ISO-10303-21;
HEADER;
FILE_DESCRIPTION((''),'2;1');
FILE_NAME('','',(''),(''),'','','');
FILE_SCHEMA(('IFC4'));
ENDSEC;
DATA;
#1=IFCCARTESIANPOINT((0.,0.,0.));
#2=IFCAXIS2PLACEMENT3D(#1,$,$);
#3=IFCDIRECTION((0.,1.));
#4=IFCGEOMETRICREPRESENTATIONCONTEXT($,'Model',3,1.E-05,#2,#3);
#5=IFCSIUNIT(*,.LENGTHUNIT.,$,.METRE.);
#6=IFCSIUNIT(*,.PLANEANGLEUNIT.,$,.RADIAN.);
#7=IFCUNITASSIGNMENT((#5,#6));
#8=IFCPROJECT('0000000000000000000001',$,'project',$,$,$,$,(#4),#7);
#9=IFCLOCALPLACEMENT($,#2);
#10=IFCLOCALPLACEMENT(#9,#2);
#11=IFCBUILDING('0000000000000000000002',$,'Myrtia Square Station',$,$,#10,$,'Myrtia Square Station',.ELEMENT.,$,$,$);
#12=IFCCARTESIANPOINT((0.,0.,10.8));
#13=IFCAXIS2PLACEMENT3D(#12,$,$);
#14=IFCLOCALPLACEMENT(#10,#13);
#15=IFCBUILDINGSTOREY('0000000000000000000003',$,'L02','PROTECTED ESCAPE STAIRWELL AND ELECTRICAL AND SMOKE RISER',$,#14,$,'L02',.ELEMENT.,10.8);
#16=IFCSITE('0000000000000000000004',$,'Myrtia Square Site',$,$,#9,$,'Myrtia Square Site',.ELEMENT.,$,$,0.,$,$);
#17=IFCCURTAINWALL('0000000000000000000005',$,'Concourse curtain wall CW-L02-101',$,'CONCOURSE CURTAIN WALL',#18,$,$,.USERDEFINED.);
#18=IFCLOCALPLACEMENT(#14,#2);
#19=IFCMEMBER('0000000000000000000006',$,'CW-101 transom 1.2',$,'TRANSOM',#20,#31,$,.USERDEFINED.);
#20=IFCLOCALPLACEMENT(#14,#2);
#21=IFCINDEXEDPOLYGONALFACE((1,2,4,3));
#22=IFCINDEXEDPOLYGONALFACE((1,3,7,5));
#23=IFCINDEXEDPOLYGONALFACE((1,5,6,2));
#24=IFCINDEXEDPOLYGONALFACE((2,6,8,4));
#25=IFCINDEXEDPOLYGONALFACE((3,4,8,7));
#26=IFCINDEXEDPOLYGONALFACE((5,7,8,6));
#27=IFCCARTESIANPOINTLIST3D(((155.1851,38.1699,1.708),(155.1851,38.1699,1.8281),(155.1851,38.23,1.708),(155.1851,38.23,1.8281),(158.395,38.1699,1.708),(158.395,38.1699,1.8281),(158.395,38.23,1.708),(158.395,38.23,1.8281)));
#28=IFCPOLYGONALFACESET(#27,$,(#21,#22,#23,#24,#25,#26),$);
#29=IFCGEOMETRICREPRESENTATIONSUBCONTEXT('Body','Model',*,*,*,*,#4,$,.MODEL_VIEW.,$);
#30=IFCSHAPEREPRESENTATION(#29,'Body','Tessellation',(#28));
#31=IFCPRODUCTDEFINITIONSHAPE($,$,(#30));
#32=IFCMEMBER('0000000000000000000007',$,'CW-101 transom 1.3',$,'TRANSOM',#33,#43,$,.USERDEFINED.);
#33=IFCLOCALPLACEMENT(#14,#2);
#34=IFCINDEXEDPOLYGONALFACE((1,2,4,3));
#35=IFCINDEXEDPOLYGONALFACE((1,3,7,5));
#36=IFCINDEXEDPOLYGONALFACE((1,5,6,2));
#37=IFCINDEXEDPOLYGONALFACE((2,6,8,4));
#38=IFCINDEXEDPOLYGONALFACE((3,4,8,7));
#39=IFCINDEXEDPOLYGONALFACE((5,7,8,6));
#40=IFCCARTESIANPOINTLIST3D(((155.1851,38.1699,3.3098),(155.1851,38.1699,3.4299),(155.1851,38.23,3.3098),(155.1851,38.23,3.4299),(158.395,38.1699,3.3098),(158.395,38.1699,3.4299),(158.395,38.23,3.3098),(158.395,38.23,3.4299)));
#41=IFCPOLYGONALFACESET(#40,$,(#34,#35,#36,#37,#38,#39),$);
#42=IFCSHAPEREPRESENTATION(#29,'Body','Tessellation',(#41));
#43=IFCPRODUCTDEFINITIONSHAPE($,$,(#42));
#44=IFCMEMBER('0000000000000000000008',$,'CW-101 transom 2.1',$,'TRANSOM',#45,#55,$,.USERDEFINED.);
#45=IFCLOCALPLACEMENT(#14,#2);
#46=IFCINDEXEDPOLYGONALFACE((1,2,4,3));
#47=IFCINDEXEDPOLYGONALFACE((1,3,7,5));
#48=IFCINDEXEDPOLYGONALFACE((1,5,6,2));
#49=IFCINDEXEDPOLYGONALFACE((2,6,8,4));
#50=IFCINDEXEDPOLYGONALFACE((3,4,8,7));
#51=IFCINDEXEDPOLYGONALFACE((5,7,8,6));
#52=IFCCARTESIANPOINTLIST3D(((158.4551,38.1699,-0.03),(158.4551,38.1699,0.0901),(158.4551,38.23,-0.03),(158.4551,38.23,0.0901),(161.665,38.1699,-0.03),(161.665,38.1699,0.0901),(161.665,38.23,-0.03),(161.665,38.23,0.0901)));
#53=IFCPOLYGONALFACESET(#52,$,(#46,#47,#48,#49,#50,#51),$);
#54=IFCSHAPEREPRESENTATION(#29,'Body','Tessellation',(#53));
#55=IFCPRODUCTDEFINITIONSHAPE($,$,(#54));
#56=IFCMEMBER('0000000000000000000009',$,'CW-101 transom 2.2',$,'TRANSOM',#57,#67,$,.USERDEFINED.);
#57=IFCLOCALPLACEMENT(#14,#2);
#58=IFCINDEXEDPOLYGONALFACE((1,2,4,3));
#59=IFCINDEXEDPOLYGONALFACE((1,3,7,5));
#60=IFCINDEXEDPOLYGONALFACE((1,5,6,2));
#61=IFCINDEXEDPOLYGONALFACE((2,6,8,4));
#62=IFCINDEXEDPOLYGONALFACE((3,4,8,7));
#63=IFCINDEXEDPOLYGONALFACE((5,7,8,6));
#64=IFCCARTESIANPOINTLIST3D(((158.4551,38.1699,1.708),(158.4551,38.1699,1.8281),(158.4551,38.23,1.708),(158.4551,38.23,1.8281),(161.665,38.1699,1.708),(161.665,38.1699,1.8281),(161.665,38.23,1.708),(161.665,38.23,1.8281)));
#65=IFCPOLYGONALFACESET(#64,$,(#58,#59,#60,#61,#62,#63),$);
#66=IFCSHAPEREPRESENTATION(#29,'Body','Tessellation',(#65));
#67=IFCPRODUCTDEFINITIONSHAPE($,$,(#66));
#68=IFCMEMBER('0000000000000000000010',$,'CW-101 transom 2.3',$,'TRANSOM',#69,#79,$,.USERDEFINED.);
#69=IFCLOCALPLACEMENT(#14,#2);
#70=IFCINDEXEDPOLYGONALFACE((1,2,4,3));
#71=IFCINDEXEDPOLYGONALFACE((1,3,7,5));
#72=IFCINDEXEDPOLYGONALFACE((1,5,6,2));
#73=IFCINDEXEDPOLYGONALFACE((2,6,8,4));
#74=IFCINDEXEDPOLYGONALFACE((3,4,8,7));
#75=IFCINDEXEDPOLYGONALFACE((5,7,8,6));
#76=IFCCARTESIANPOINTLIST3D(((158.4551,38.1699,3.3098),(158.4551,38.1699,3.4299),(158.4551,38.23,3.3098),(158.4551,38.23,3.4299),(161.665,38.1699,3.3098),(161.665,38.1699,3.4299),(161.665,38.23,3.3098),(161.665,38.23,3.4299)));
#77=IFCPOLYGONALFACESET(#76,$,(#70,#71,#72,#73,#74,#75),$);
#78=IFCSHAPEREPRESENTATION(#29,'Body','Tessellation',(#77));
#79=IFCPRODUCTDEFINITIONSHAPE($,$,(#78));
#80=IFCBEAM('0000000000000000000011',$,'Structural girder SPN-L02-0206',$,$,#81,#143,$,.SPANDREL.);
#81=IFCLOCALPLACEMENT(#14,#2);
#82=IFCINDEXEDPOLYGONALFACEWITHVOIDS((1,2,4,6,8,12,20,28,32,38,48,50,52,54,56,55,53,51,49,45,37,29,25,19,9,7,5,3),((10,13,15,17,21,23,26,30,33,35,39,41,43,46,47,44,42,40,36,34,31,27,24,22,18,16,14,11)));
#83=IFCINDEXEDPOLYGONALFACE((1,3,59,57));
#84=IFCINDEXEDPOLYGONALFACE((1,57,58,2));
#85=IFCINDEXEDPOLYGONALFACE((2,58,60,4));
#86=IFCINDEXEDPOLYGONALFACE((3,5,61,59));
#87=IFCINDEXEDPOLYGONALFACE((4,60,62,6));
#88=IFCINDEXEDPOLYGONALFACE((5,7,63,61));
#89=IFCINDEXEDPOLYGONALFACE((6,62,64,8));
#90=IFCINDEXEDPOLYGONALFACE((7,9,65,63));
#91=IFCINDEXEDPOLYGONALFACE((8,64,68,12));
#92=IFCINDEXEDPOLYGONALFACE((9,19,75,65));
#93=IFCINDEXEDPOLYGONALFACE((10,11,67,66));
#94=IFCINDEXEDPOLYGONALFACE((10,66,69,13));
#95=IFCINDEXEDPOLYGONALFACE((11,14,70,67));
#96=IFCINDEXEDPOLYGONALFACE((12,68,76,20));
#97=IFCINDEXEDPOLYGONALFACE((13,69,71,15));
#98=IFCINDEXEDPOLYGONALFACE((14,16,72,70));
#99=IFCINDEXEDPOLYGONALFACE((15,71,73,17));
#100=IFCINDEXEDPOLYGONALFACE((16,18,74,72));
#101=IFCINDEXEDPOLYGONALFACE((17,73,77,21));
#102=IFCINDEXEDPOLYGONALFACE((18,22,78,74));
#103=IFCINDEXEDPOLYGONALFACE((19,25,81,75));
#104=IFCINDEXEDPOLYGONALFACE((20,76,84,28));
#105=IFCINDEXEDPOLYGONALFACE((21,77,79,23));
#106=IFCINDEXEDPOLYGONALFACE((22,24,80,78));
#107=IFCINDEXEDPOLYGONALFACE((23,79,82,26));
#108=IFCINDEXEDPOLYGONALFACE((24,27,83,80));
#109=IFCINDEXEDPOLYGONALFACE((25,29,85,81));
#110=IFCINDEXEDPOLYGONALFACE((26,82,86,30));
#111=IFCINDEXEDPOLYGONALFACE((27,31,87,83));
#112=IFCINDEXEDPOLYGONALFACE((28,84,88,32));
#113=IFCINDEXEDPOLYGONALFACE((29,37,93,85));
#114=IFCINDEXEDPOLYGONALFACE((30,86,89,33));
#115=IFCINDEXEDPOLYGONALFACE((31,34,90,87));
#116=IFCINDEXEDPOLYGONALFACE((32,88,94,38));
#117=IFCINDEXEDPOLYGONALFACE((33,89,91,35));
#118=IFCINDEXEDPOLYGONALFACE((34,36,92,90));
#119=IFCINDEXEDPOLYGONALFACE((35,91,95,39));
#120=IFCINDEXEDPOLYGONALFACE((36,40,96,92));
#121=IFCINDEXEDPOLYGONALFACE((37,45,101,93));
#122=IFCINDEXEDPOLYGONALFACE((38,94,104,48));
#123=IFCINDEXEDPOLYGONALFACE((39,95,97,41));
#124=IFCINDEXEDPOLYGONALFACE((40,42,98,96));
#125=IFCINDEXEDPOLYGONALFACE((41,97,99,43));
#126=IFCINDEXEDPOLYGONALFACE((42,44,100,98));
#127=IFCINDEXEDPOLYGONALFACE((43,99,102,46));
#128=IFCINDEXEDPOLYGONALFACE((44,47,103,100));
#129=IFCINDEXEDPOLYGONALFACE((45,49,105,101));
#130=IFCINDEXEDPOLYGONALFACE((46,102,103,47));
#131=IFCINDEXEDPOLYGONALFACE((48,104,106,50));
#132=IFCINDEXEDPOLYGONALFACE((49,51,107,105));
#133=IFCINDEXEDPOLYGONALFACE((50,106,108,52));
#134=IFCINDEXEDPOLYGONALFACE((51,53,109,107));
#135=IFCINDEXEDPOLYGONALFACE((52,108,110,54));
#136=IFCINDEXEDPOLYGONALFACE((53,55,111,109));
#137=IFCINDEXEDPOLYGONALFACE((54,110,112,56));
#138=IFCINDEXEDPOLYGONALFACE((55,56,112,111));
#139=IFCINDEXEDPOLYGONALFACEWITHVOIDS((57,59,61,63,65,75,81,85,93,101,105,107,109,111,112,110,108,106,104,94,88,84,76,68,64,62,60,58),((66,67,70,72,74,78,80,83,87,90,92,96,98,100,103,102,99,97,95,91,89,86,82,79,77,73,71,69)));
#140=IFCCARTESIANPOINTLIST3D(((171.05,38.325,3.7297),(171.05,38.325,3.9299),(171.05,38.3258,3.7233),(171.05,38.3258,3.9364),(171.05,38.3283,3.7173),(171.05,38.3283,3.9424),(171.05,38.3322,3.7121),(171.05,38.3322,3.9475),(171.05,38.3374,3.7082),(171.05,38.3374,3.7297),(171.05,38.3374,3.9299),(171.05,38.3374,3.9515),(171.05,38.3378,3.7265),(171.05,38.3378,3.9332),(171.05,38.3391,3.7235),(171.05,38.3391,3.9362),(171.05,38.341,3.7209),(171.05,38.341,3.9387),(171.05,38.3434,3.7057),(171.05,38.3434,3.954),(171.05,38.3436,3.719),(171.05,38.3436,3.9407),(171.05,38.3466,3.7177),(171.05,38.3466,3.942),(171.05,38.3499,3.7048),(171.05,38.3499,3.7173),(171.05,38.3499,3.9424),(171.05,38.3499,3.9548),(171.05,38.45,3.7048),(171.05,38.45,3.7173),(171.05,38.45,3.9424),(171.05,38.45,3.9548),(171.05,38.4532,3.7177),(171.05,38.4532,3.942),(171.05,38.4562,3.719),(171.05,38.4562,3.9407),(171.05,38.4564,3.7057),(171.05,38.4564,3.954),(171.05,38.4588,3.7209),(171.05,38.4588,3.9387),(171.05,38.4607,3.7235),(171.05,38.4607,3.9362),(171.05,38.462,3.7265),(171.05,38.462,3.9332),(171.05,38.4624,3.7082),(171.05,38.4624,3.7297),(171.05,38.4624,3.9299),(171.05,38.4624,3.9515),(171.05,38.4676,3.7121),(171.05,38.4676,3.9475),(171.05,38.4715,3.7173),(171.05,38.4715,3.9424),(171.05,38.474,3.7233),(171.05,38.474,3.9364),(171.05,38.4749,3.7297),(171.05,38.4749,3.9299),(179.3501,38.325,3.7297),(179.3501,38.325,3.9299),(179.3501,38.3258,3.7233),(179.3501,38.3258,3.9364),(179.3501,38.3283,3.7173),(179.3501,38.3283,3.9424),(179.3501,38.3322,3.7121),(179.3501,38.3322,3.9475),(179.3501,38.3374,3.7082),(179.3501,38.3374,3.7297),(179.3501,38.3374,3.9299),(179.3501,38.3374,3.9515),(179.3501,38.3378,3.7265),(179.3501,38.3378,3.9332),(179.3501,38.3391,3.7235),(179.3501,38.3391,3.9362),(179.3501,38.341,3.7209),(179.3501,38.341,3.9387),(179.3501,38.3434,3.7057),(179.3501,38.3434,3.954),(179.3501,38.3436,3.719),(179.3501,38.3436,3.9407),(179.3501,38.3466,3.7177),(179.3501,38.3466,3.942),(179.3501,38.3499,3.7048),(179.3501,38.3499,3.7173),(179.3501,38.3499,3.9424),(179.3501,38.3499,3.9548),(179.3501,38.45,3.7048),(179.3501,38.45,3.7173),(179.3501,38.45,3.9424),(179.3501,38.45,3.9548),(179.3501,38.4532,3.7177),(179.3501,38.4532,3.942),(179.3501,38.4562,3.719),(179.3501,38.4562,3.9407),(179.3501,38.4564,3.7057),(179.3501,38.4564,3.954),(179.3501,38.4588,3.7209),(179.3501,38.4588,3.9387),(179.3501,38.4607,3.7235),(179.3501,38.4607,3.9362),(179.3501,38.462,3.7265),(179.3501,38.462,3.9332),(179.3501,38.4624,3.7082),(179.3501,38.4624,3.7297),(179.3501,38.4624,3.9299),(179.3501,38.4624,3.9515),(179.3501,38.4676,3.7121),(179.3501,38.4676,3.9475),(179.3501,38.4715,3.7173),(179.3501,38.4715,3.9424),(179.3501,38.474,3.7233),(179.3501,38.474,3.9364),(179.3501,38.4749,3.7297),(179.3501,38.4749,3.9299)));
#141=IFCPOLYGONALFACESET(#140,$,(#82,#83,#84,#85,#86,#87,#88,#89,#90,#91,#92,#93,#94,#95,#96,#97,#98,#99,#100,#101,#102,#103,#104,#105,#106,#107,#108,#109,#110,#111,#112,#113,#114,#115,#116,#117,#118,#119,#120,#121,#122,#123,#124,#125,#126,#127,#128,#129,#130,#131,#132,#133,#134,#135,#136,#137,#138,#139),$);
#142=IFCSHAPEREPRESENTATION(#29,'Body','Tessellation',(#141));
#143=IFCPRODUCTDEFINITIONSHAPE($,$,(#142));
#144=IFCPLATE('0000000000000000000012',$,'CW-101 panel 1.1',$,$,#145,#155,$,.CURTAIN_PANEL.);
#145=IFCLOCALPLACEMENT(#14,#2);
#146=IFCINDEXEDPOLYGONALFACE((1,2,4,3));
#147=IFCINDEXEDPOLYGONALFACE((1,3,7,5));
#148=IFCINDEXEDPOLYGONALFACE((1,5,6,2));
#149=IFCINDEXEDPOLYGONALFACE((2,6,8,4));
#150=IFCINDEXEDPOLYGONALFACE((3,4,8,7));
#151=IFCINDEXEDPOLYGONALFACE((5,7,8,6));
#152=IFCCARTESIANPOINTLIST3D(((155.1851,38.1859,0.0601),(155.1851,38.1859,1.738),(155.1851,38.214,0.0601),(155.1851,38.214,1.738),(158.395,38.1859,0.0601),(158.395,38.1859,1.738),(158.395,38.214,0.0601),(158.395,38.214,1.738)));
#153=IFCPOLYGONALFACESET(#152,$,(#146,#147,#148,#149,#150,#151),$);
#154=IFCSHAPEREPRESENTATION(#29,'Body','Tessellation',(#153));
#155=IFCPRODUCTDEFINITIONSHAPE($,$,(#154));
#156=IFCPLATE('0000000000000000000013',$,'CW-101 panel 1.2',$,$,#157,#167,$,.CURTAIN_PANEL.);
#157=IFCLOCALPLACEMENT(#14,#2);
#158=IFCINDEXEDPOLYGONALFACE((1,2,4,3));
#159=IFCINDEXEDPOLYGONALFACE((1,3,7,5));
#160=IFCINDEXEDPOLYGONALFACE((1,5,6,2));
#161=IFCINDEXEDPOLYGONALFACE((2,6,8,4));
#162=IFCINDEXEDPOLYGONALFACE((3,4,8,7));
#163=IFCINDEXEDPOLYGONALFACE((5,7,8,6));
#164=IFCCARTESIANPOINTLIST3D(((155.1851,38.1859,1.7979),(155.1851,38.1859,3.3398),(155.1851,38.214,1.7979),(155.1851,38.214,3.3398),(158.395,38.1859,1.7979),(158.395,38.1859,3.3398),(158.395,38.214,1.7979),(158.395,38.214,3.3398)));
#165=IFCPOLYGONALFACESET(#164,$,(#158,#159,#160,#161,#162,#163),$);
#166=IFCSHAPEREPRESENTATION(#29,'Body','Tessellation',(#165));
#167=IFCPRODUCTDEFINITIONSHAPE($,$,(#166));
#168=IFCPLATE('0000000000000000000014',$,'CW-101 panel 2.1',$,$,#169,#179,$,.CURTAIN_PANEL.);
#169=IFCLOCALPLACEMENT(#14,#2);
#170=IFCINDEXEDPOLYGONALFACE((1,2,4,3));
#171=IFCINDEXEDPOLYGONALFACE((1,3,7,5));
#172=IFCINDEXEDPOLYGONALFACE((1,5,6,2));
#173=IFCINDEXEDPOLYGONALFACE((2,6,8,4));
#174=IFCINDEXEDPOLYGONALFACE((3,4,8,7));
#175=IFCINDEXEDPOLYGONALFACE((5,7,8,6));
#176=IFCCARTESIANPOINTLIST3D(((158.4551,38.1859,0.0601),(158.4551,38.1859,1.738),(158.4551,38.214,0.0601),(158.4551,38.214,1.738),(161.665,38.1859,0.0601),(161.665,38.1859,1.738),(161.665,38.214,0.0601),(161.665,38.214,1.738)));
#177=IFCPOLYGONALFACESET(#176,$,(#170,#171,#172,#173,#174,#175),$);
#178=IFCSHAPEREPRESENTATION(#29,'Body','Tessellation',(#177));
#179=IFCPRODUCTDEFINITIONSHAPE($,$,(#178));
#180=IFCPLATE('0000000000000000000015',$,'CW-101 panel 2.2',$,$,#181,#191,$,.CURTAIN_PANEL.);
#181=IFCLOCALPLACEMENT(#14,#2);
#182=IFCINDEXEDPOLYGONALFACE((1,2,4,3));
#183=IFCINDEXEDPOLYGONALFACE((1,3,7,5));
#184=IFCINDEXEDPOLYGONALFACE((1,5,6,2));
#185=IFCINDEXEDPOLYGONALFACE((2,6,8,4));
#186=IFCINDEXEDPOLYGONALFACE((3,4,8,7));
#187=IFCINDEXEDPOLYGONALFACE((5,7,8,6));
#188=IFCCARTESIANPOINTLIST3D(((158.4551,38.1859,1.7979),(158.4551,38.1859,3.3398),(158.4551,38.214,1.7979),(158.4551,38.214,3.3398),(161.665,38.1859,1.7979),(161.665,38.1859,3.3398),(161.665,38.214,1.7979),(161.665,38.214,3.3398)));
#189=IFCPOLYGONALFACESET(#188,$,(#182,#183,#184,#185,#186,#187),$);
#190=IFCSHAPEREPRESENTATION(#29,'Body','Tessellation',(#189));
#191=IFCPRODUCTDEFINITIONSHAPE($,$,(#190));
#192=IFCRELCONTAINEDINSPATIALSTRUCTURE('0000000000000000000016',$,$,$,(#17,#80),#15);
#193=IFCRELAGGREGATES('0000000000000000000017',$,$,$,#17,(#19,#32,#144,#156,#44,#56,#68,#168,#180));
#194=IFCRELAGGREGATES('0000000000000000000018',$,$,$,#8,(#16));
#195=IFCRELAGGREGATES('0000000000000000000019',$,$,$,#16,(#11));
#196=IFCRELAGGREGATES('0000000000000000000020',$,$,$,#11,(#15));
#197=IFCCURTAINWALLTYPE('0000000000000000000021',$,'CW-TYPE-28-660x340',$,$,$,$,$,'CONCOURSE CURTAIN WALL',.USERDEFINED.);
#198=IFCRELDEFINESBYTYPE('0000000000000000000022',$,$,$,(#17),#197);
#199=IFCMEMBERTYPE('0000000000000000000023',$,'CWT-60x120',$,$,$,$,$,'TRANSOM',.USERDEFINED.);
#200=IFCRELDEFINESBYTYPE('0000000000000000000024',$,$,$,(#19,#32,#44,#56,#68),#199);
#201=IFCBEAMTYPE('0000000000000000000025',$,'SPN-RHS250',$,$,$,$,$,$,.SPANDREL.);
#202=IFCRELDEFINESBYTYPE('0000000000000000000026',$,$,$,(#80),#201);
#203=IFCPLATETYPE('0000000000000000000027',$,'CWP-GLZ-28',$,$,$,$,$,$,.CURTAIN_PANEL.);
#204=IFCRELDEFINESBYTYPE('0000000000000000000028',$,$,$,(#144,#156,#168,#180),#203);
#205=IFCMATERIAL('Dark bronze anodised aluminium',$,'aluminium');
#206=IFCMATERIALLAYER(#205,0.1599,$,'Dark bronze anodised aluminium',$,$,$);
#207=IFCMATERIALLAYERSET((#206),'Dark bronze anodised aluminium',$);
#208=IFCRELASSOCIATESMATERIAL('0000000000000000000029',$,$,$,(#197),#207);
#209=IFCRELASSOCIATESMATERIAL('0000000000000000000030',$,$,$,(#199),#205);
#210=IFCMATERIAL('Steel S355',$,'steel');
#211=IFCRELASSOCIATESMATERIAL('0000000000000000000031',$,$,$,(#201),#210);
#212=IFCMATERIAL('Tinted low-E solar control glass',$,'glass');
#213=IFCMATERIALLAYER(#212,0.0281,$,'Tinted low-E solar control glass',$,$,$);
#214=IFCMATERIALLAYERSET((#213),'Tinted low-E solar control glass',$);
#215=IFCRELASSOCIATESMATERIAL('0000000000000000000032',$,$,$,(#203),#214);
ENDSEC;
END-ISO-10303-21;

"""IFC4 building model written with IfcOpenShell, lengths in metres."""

from ifc_helpers import new_model, si_unit, direction, frame, origin, origin_2d, place, context, subcontext, project, spatial, rectangle, hollow_rectangle, extrude, material, layer, layer_set, material_profile, profile_set, type_object, element, aggregate, save


model = new_model("IFC4")

# Units and contexts
model_context = context("Model", 3, precision=1e-05, world=origin(), true_north=direction((0.0, 1.0)))
body_context = subcontext(model_context, "Body", "Model", "MODEL_VIEW")
ifc_project = project(units=[si_unit("LENGTHUNIT", "METRE"), si_unit("PLANEANGLEUNIT", "RADIAN")], contexts=[model_context])

# Site, building, storey
site_placement = place(None, origin())
site = spatial("IfcSite", under=ifc_project, at=site_placement, Name="Myrtia Square Site", LongName="Myrtia Square Site", CompositionType="ELEMENT", RefElevation=0.0)
building_placement = place(site_placement, origin())
building = spatial("IfcBuilding", under=site, at=building_placement, Name="Myrtia Square Station", LongName="Myrtia Square Station", CompositionType="ELEMENT")
storey_placement = place(building_placement, frame((0.0, 0.0, 10.8)))
storey = spatial("IfcBuildingStorey", under=building, at=storey_placement, Name="L02", Description="PROTECTED ESCAPE STAIRWELL AND ELECTRICAL AND SMOKE RISER", LongName="L02", CompositionType="ELEMENT", Elevation=10.8)

# Shared definitions
ifc_material_1 = material(Name="Steel S355", Category="steel")

# Curtain wall, members
ifc_material_2 = material(Name="Dark bronze anodised aluminium", Category="aluminium")
ifc_layer_1 = layer(ifc_material_2, 0.1599, Name="Dark bronze anodised aluminium")
ifc_layer_set_1 = layer_set([ifc_layer_1], Name="Dark bronze anodised aluminium")
curtain_wall_type = type_object("IfcCurtainWallType", Name="CW-TYPE-28-660x340", ElementType="CONCOURSE CURTAIN WALL", PredefinedType="USERDEFINED", material=ifc_layer_set_1)
curtain_wall_placement = place(storey_placement, origin())
curtain_wall = element("IfcCurtainWall", 1, at=curtain_wall_placement, inside=storey, type_object=curtain_wall_type, Name="Concourse curtain wall CW-L02-101", ObjectType="CONCOURSE CURTAIN WALL", PredefinedType="USERDEFINED")
ifc_material_profile_1 = material_profile(ifc_material_2, rectangle(XDim=0.0601, YDim=0.1201, at=origin_2d()), Name="ALU-T 60x120")
ifc_profile_set_1 = profile_set([ifc_material_profile_1], Name="Dark bronze anodised aluminium")
member_type_1 = type_object("IfcMemberType", Name="CWT-60x120", ElementType="TRANSOM", PredefinedType="USERDEFINED", material=ifc_profile_set_1)
member_1_placement = place(storey_placement, frame((155.1851, 38.2, 1.7681), z_axis=(1.0, 0.0, 0.0), x_axis=(0.0, 1.0, 0.0)))
member_1 = element("IfcMember", 2, at=member_1_placement, type_object=member_type_1, Name="CW-101 transom 1.2", ObjectType="TRANSOM", PredefinedType="USERDEFINED", context=body_context, shape_type="SweptSolid", body=[
    extrude(rectangle(XDim=0.0601, YDim=0.1201, at=origin_2d()), origin(), (0.0, 0.0, 1.0), 3.21),
])
member_2_placement = place(storey_placement, frame((155.1851, 38.2, 3.3699), z_axis=(1.0, 0.0, 0.0), x_axis=(0.0, 1.0, 0.0)))
member_2 = element("IfcMember", 3, at=member_2_placement, type_object=member_type_1, Name="CW-101 transom 1.3", ObjectType="TRANSOM", PredefinedType="USERDEFINED", context=body_context, shape_type="SweptSolid", body=[
    extrude(rectangle(XDim=0.0601, YDim=0.1201, at=origin_2d()), origin(), (0.0, 0.0, 1.0), 3.21),
])
member_3_placement = place(storey_placement, frame((158.4551, 38.2, 0.03), z_axis=(1.0, 0.0, 0.0), x_axis=(0.0, 1.0, 0.0)))
member_3 = element("IfcMember", 4, at=member_3_placement, type_object=member_type_1, Name="CW-101 transom 2.1", ObjectType="TRANSOM", PredefinedType="USERDEFINED", context=body_context, shape_type="SweptSolid", body=[
    extrude(rectangle(XDim=0.0601, YDim=0.1201, at=origin_2d()), origin(), (0.0, 0.0, 1.0), 3.21),
])
member_4_placement = place(storey_placement, frame((158.4551, 38.2, 1.7681), z_axis=(1.0, 0.0, 0.0), x_axis=(0.0, 1.0, 0.0)))
member_4 = element("IfcMember", 5, at=member_4_placement, type_object=member_type_1, Name="CW-101 transom 2.2", ObjectType="TRANSOM", PredefinedType="USERDEFINED", context=body_context, shape_type="SweptSolid", body=[
    extrude(rectangle(XDim=0.0601, YDim=0.1201, at=origin_2d()), origin(), (0.0, 0.0, 1.0), 3.21),
])
member_5_placement = place(storey_placement, frame((158.4551, 38.2, 3.3699), z_axis=(1.0, 0.0, 0.0), x_axis=(0.0, 1.0, 0.0)))
member_5 = element("IfcMember", 6, at=member_5_placement, type_object=member_type_1, Name="CW-101 transom 2.3", ObjectType="TRANSOM", PredefinedType="USERDEFINED", context=body_context, shape_type="SweptSolid", body=[
    extrude(rectangle(XDim=0.0601, YDim=0.1201, at=origin_2d()), origin(), (0.0, 0.0, 1.0), 3.21),
])

# Beam
ifc_material_profile_2 = material_profile(ifc_material_1, hollow_rectangle(XDim=0.1499, YDim=0.25, WallThickness=0.0125, InnerFilletRadius=0.0125, OuterFilletRadius=0.0249, at=origin_2d()), Name="RHS 250x150x12.5")
ifc_profile_set_2 = profile_set([ifc_material_profile_2], Name="Steel S355")
beam_type = type_object("IfcBeamType", Name="SPN-RHS250", PredefinedType="SPANDREL", material=ifc_profile_set_2)
beam_placement = place(storey_placement, frame((171.05, 38.3999, 3.8298), z_axis=(1.0, 0.0, 0.0), x_axis=(0.0, 1.0, 0.0)))
element("IfcBeam", 7, at=beam_placement, inside=storey, type_object=beam_type, Name="Structural girder SPN-L02-0206", PredefinedType="SPANDREL", context=body_context, shape_type="SweptSolid", body=[
    extrude(hollow_rectangle(XDim=0.1499, YDim=0.25, WallThickness=0.0125, InnerFilletRadius=0.0125, OuterFilletRadius=0.0249, at=origin_2d()), origin(), (0.0, 0.0, 1.0), 8.3),
])

# Plates
ifc_material_3 = material(Name="Tinted low-E solar control glass", Category="glass")
ifc_layer_2 = layer(ifc_material_3, 0.0281, Name="Tinted low-E solar control glass")
ifc_layer_set_2 = layer_set([ifc_layer_2], Name="Tinted low-E solar control glass")
plate_type_1 = type_object("IfcPlateType", Name="CWP-GLZ-28", PredefinedType="CURTAIN_PANEL", material=ifc_layer_set_2)
plate_1_placement = place(storey_placement, frame((156.79, 38.2, 0.0601), z_axis=(0.0, 0.0, 1.0), x_axis=(1.0, 0.0, 0.0)))
plate_1 = element("IfcPlate", 8, at=plate_1_placement, type_object=plate_type_1, Name="CW-101 panel 1.1", PredefinedType="CURTAIN_PANEL", context=body_context, shape_type="SweptSolid", body=[
    extrude(rectangle(XDim=3.21, YDim=0.0281, at=origin_2d()), origin(), (0.0, 0.0, 1.0), 1.678),
])
plate_2_placement = place(storey_placement, frame((156.79, 38.2, 1.7979), z_axis=(0.0, 0.0, 1.0), x_axis=(1.0, 0.0, 0.0)))
plate_2 = element("IfcPlate", 9, at=plate_2_placement, type_object=plate_type_1, Name="CW-101 panel 1.2", PredefinedType="CURTAIN_PANEL", context=body_context, shape_type="SweptSolid", body=[
    extrude(rectangle(XDim=3.21, YDim=0.0281, at=origin_2d()), origin(), (0.0, 0.0, 1.0), 1.542),
])
plate_3_placement = place(storey_placement, frame((160.0601, 38.2, 0.0601), z_axis=(0.0, 0.0, 1.0), x_axis=(1.0, 0.0, 0.0)))
plate_3 = element("IfcPlate", 10, at=plate_3_placement, type_object=plate_type_1, Name="CW-101 panel 2.1", PredefinedType="CURTAIN_PANEL", context=body_context, shape_type="SweptSolid", body=[
    extrude(rectangle(XDim=3.21, YDim=0.0281, at=origin_2d()), origin(), (0.0, 0.0, 1.0), 1.678),
])
plate_4_placement = place(storey_placement, frame((160.0601, 38.2, 1.7979), z_axis=(0.0, 0.0, 1.0), x_axis=(1.0, 0.0, 0.0)))
plate_4 = element("IfcPlate", 11, at=plate_4_placement, type_object=plate_type_1, Name="CW-101 panel 2.2", PredefinedType="CURTAIN_PANEL", context=body_context, shape_type="SweptSolid", body=[
    extrude(rectangle(XDim=3.21, YDim=0.0281, at=origin_2d()), origin(), (0.0, 0.0, 1.0), 1.542),
])
aggregate(curtain_wall, [member_1, member_2, plate_1, plate_2, member_3, member_4, member_5, plate_3, plate_4])

save(model, "model.ifc")
